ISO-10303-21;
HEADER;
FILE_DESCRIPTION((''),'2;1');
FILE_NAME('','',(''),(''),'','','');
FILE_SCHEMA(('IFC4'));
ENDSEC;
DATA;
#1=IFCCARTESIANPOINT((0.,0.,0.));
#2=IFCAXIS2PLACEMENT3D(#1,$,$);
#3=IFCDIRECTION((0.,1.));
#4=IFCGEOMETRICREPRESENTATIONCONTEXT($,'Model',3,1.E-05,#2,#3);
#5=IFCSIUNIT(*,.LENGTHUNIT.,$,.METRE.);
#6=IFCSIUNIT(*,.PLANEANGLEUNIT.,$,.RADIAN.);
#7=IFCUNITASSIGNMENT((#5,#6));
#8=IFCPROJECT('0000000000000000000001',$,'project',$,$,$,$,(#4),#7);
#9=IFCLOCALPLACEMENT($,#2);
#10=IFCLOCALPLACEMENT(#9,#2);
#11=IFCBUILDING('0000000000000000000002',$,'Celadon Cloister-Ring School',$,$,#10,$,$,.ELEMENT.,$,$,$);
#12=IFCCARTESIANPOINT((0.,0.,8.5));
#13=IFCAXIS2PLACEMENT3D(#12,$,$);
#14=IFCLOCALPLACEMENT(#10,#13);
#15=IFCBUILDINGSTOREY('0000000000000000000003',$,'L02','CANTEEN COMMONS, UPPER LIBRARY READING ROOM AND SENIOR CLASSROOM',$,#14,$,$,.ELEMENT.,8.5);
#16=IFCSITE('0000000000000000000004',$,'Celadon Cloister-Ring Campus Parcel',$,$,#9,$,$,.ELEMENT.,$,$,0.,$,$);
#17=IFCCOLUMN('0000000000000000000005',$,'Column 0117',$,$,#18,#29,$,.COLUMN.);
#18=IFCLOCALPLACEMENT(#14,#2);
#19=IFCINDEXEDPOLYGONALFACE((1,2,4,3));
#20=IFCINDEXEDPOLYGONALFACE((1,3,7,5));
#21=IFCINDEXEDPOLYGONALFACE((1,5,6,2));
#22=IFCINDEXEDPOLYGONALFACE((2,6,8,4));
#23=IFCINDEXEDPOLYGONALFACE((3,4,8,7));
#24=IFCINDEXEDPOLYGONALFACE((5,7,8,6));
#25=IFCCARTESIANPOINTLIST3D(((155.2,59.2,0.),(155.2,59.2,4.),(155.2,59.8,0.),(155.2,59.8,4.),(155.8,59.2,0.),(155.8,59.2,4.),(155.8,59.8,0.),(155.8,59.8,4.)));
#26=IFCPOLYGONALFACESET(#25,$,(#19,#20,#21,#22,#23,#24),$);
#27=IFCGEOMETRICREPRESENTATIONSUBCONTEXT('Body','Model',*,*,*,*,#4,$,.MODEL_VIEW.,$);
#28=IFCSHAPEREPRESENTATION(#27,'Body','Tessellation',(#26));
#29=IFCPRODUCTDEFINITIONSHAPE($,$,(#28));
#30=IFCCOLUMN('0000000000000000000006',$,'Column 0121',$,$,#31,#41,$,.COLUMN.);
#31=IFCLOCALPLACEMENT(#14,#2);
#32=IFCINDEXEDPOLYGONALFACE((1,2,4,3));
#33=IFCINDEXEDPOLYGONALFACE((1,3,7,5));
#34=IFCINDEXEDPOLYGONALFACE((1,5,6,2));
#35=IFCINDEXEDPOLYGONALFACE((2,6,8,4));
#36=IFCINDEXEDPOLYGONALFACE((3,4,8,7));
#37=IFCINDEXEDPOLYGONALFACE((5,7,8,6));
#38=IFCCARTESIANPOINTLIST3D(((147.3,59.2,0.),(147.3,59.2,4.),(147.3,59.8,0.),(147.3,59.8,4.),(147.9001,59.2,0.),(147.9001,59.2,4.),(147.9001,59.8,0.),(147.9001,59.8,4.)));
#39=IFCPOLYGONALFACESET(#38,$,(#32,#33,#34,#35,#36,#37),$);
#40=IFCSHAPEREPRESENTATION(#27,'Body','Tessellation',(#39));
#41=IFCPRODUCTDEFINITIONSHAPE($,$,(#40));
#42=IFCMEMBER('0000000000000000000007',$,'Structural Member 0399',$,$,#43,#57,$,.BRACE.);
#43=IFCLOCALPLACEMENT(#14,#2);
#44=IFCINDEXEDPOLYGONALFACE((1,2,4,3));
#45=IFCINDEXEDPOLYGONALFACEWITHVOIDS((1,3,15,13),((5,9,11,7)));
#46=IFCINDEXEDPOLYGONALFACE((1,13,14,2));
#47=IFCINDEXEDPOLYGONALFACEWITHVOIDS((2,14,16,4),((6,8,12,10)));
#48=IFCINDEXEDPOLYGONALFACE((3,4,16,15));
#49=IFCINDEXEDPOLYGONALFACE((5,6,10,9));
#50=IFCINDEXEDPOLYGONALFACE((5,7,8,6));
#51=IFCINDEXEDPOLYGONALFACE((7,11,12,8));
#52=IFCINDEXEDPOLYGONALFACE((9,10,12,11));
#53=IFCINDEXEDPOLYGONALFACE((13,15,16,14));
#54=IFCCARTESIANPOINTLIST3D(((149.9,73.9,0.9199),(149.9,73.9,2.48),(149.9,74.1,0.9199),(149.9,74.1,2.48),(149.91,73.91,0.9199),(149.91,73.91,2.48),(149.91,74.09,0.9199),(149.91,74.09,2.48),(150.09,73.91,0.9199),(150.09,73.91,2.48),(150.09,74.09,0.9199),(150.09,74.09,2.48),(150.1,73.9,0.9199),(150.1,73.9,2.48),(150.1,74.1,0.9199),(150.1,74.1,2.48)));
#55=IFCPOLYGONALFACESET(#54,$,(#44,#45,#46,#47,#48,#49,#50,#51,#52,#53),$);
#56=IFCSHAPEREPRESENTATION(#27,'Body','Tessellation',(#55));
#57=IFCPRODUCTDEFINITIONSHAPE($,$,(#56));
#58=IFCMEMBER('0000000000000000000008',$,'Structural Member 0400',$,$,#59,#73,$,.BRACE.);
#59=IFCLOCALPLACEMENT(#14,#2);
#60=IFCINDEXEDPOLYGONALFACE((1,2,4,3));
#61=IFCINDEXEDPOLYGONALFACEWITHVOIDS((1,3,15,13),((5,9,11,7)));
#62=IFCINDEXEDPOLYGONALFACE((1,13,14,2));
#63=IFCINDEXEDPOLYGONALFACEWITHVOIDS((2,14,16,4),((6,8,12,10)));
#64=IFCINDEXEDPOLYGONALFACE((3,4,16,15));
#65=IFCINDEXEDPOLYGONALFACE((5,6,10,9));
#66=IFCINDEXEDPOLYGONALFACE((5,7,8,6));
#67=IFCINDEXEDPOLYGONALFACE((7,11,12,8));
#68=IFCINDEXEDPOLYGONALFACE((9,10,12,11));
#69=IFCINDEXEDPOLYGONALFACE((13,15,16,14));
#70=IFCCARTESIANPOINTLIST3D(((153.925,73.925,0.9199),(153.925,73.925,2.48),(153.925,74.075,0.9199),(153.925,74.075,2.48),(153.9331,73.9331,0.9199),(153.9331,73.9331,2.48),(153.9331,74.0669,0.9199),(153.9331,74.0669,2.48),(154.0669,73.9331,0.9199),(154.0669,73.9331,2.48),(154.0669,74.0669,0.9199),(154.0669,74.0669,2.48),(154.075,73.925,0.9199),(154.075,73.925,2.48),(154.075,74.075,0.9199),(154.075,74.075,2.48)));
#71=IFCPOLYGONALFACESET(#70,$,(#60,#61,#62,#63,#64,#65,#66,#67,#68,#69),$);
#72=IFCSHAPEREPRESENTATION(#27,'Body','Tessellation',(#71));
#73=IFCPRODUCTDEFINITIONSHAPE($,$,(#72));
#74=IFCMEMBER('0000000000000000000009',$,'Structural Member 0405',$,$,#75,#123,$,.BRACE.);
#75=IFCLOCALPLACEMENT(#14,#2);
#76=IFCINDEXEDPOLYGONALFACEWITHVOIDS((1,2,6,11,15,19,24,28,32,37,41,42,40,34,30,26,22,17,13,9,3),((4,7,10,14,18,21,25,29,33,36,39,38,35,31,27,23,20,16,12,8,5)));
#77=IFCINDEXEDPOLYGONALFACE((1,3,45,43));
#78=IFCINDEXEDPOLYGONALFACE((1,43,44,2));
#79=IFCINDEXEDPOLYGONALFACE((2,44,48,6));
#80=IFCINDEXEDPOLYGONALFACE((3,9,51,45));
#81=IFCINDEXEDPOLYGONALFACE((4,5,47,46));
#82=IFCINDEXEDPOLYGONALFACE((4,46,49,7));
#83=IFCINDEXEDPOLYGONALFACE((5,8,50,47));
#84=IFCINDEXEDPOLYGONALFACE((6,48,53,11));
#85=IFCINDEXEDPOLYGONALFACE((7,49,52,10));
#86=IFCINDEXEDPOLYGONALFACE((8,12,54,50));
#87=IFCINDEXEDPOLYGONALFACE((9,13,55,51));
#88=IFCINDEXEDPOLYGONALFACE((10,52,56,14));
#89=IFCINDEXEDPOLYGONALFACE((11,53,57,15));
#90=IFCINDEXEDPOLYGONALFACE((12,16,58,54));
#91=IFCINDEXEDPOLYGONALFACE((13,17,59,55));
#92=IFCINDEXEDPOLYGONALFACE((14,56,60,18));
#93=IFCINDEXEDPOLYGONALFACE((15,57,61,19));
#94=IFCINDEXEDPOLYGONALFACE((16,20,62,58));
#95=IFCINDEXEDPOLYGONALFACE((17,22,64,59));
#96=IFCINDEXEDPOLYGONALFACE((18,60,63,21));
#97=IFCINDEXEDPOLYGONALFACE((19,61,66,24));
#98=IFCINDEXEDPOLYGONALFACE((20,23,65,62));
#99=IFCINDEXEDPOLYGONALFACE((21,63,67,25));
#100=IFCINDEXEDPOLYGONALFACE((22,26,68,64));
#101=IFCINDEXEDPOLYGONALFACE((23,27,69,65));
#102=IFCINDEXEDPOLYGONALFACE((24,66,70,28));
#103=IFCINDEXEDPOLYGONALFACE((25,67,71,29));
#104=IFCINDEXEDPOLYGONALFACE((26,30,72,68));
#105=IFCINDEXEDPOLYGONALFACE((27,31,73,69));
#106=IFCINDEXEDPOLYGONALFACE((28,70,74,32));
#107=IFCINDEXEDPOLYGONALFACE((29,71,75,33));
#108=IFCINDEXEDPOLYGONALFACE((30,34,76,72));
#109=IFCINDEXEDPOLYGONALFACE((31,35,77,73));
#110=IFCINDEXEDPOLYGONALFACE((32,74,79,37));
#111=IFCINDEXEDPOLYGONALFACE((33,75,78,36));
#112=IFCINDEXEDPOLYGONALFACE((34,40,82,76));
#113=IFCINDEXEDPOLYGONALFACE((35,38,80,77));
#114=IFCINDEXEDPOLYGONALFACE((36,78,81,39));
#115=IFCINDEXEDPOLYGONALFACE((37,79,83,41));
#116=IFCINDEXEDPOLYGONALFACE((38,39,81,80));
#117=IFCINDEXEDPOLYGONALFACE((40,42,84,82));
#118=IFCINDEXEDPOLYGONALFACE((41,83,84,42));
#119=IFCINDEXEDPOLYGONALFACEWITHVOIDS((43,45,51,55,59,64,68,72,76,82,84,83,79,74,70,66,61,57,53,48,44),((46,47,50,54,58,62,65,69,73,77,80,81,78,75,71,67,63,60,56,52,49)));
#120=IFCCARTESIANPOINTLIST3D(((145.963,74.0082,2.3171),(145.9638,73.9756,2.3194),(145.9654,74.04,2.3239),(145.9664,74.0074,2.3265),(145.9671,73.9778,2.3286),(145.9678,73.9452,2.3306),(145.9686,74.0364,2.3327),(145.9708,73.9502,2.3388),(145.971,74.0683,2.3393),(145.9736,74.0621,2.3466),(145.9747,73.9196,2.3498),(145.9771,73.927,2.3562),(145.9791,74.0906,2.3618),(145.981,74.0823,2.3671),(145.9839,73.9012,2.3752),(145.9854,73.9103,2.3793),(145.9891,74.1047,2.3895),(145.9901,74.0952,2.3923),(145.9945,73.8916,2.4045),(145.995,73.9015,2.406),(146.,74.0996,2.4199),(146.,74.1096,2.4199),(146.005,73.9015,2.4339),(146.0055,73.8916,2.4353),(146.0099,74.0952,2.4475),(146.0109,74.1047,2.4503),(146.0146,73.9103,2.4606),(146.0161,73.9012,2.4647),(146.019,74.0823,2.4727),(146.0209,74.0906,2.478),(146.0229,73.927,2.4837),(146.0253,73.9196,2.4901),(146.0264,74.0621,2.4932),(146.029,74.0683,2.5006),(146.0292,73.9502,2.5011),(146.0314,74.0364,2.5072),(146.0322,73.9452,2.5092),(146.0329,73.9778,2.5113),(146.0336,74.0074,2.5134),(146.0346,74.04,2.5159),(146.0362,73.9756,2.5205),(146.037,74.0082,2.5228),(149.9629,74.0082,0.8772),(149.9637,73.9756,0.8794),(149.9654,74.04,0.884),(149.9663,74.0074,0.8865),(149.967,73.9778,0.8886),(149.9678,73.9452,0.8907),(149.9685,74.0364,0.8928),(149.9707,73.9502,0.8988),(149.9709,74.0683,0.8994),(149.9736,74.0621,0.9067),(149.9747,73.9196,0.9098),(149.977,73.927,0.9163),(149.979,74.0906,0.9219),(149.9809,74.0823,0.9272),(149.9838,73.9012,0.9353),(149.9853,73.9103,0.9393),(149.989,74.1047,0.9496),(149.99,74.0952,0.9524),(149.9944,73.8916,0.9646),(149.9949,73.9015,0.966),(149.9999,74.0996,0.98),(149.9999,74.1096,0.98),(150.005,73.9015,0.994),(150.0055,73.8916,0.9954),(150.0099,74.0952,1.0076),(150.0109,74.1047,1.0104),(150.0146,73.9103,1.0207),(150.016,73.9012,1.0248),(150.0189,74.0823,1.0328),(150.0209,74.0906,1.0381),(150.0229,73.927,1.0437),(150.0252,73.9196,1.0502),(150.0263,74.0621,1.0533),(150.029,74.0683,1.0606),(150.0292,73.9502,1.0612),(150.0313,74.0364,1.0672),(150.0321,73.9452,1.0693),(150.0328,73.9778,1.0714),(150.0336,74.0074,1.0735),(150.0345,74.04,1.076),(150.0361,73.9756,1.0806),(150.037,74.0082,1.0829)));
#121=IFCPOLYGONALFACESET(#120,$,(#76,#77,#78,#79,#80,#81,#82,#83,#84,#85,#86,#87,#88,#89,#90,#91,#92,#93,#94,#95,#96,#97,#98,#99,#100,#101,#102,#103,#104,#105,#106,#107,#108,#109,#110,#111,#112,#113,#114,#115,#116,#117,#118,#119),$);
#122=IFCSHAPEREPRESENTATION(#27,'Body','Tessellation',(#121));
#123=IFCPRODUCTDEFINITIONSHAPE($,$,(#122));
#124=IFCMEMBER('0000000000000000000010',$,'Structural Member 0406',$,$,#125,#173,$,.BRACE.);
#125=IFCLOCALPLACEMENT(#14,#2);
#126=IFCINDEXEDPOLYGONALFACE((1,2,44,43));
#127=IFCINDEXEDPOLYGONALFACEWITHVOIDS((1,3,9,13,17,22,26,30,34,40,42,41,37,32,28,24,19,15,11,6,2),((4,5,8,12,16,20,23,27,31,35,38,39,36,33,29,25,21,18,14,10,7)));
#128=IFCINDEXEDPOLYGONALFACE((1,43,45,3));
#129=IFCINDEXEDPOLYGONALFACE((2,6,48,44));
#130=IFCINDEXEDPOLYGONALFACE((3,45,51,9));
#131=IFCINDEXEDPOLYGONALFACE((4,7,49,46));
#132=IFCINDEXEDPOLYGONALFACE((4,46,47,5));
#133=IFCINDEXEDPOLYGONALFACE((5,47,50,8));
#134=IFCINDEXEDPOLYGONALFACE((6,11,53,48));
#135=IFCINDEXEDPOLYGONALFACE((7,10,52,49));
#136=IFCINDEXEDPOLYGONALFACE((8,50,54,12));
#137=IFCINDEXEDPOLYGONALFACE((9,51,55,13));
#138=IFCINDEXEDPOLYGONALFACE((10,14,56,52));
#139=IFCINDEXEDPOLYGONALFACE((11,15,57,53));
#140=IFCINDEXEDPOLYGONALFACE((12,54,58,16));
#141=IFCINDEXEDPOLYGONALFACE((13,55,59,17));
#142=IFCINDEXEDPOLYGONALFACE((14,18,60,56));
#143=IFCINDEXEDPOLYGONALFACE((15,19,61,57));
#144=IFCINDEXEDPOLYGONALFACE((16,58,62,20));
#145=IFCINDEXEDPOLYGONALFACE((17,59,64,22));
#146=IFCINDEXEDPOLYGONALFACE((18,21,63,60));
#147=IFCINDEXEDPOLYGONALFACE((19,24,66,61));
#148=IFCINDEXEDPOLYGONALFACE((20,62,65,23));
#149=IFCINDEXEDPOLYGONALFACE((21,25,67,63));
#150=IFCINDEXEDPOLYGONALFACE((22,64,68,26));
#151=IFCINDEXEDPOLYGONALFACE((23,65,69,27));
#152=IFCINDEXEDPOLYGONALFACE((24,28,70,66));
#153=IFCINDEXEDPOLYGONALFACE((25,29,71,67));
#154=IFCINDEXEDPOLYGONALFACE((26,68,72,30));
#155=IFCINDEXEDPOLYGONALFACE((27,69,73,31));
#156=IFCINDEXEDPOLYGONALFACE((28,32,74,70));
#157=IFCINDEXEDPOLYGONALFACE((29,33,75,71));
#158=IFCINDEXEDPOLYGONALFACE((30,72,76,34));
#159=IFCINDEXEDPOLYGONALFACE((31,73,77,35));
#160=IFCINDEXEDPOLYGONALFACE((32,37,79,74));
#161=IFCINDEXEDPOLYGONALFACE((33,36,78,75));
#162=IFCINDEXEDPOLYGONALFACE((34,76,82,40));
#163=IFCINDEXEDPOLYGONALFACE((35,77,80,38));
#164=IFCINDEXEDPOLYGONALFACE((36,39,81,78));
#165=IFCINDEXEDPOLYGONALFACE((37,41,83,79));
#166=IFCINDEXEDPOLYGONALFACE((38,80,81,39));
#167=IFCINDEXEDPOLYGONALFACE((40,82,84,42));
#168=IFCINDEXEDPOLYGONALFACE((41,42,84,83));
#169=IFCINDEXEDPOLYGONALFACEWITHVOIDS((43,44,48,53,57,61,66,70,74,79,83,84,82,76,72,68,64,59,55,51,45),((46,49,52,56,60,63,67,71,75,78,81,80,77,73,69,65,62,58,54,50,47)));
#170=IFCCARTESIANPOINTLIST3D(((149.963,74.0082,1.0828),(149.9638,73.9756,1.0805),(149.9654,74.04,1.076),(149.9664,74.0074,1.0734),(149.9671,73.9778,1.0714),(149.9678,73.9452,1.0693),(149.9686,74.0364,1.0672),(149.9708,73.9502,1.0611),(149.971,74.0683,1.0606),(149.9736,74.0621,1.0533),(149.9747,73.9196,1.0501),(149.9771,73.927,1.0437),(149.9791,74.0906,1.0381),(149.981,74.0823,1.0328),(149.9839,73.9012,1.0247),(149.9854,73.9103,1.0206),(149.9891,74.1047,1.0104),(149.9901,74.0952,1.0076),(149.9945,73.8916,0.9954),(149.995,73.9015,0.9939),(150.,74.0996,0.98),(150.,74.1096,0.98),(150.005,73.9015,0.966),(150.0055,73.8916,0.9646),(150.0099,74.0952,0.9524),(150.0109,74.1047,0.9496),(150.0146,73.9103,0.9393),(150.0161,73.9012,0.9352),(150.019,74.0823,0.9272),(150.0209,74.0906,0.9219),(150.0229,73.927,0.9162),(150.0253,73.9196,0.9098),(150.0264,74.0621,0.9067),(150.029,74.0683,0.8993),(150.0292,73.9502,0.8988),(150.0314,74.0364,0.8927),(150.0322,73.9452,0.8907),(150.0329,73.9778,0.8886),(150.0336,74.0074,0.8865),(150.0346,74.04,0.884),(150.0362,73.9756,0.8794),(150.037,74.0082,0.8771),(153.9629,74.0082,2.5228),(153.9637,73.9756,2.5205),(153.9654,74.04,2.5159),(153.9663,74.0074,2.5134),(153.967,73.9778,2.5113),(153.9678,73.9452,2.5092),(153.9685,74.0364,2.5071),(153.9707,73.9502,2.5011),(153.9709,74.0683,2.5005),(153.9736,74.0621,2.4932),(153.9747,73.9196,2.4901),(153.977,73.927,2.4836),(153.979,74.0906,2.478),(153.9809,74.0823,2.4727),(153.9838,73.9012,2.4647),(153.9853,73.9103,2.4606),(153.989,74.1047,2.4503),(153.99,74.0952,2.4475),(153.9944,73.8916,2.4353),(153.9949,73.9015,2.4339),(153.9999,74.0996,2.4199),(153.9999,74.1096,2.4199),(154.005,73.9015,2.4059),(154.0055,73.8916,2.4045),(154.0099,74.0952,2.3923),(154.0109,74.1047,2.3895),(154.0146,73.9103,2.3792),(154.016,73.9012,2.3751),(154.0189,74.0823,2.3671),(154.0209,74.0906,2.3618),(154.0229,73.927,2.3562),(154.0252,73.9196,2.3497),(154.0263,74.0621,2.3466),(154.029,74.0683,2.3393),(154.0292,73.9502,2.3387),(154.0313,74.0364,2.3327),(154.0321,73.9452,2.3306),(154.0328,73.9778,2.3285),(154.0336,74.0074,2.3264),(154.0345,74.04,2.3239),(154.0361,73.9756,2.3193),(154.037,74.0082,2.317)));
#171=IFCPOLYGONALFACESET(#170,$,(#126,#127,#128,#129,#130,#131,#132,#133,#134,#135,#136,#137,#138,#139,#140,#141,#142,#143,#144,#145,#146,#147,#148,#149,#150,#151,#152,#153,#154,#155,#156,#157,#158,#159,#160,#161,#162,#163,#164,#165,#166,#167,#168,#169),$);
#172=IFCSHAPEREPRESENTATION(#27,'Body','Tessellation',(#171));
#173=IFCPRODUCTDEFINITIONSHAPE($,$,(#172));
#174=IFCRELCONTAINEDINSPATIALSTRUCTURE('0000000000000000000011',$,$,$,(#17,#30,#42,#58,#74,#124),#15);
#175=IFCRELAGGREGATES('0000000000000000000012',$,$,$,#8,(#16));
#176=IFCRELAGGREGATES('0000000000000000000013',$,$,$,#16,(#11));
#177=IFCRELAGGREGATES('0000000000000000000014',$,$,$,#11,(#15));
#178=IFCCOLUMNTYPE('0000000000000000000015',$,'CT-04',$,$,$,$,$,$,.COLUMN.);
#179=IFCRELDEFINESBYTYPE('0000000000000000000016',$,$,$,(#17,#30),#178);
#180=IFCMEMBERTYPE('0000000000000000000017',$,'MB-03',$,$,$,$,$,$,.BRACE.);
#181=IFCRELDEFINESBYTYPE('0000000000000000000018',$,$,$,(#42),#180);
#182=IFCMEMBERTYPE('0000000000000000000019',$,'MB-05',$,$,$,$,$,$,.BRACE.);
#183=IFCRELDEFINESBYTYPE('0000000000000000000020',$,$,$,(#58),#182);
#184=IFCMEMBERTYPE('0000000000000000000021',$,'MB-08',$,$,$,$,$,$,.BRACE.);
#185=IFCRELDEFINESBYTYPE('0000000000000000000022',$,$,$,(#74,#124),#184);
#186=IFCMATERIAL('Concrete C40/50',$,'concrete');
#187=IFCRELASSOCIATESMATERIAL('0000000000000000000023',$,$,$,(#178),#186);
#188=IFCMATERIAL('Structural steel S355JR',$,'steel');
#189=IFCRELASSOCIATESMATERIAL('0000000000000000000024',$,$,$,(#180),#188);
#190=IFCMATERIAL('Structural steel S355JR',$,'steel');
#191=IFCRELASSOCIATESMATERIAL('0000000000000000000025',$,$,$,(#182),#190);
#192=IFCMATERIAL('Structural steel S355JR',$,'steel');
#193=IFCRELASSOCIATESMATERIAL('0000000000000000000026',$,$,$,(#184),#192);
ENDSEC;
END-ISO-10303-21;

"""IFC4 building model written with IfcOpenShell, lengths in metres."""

from ifc_helpers import new_model, si_unit, direction, frame, origin, origin_2d, place, context, subcontext, project, spatial, rectangle, hollow_rectangle, hollow_circle, extrude, material, material_profile, profile_set, type_object, element, save


model = new_model("IFC4")

# Units and contexts
model_context = context("Model", 3, precision=1e-05, world=origin(), true_north=direction((0.0, 1.0)))
body_context = subcontext(model_context, "Body", "Model", "MODEL_VIEW")
ifc_project = project(units=[si_unit("LENGTHUNIT", "METRE"), si_unit("PLANEANGLEUNIT", "RADIAN")], contexts=[model_context])

# Site, building, storey
site_placement = place(None, origin())
site = spatial("IfcSite", under=ifc_project, at=site_placement, Name="Celadon Cloister-Ring Campus Parcel", CompositionType="ELEMENT", RefElevation=0.0)
building_placement = place(site_placement, origin())
building = spatial("IfcBuilding", under=site, at=building_placement, Name="Celadon Cloister-Ring School", CompositionType="ELEMENT")
storey_placement = place(building_placement, frame((0.0, 0.0, 8.5)))
storey = spatial("IfcBuildingStorey", under=building, at=storey_placement, Name="L02", Description="CANTEEN COMMONS, UPPER LIBRARY READING ROOM AND SENIOR CLASSROOM", CompositionType="ELEMENT", Elevation=8.5)

# Columns
ifc_material_1 = material(Name="Concrete C40/50", Category="concrete")
ifc_material_profile_1 = material_profile(ifc_material_1, rectangle(XDim=0.6001, YDim=0.6001, at=origin_2d()), Name="RC600X600")
ifc_profile_set_1 = profile_set([ifc_material_profile_1], Name="Concrete C40/50")
column_type = type_object("IfcColumnType", Name="CT-04", PredefinedType="COLUMN", material=ifc_profile_set_1)
for number, where, z_axis, x_axis, name in (
    (1, (155.5, 59.5, 0.0), (0.0, 0.0, 1.0), (1.0, 0.0, 0.0), "Column 0117"),
    (2, (147.6001, 59.5, 0.0), (0.0, 0.0, 1.0), (1.0, 0.0, 0.0), "Column 0121"),
):
    element("IfcColumn", number, at=place(storey_placement, frame(where, z_axis=z_axis, x_axis=x_axis)), inside=storey, type_object=column_type, Name=name, PredefinedType="COLUMN", context=body_context, shape_type="SweptSolid", body=[
        extrude(rectangle(XDim=0.6001, YDim=0.6001, at=origin_2d()), origin(), (0.0, 0.0, 1.0), 4.0),
    ])

# Members
ifc_material_2 = material(Name="Structural steel S355JR", Category="steel")
ifc_material_profile_2 = material_profile(ifc_material_2, hollow_rectangle(XDim=0.2, YDim=0.2, WallThickness=0.01, at=origin_2d()), Name="HSS200X200X10")
ifc_profile_set_2 = profile_set([ifc_material_profile_2], Name="Structural steel S355JR")
member_type_1 = type_object("IfcMemberType", Name="MB-03", PredefinedType="BRACE", material=ifc_profile_set_2)
member_1_placement = place(storey_placement, frame((150.0, 74.0, 0.9199), z_axis=(0.0, 0.0, 1.0), x_axis=(1.0, 0.0, 0.0)))
element("IfcMember", 3, at=member_1_placement, inside=storey, type_object=member_type_1, Name="Structural Member 0399", PredefinedType="BRACE", context=body_context, shape_type="SweptSolid", body=[
    extrude(hollow_rectangle(XDim=0.2, YDim=0.2, WallThickness=0.01, at=origin_2d()), origin(), (0.0, 0.0, 1.0), 1.5601),
])
ifc_material_3 = material(Name="Structural steel S355JR", Category="steel")
ifc_material_profile_3 = material_profile(ifc_material_3, hollow_rectangle(XDim=0.1499, YDim=0.1499, WallThickness=0.0081, at=origin_2d()), Name="HSS150X150X8")
ifc_profile_set_3 = profile_set([ifc_material_profile_3], Name="Structural steel S355JR")
member_type_2 = type_object("IfcMemberType", Name="MB-05", PredefinedType="BRACE", material=ifc_profile_set_3)
member_2_placement = place(storey_placement, frame((154.0, 74.0, 0.9199), z_axis=(0.0, 0.0, 1.0), x_axis=(1.0, 0.0, 0.0)))
element("IfcMember", 4, at=member_2_placement, inside=storey, type_object=member_type_2, Name="Structural Member 0400", PredefinedType="BRACE", context=body_context, shape_type="SweptSolid", body=[
    extrude(hollow_rectangle(XDim=0.1499, YDim=0.1499, WallThickness=0.0081, at=origin_2d()), origin(), (0.0, 0.0, 1.0), 1.5601),
])
ifc_material_4 = material(Name="Structural steel S355JR", Category="steel")
ifc_material_profile_4 = material_profile(ifc_material_4, hollow_circle(Radius=0.1096, WallThickness=0.01, at=origin_2d()), Name="CHS219.1X10")
ifc_profile_set_4 = profile_set([ifc_material_profile_4], Name="Structural steel S355JR")
member_type_3 = type_object("IfcMemberType", Name="MB-08", PredefinedType="BRACE", material=ifc_profile_set_4)
for number, where, z_axis, x_axis, name in (
    (5, (146.0, 74.0, 2.4199), (0.940892, 0.0, -0.338707), (0.0, 1.0, 0.0), "Structural Member 0405"),
    (6, (150.0, 74.0, 0.98), (0.940892, 0.0, 0.338707), (0.0, 1.0, 0.0), "Structural Member 0406"),
):
    element("IfcMember", number, at=place(storey_placement, frame(where, z_axis=z_axis, x_axis=x_axis)), inside=storey, type_object=member_type_3, Name=name, PredefinedType="BRACE", context=body_context, shape_type="SweptSolid", body=[
        extrude(hollow_circle(Radius=0.1096, WallThickness=0.01, at=origin_2d()), origin(), (0.0, 0.0, 1.0), 4.2512),
    ])

save(model, "model.ifc")
